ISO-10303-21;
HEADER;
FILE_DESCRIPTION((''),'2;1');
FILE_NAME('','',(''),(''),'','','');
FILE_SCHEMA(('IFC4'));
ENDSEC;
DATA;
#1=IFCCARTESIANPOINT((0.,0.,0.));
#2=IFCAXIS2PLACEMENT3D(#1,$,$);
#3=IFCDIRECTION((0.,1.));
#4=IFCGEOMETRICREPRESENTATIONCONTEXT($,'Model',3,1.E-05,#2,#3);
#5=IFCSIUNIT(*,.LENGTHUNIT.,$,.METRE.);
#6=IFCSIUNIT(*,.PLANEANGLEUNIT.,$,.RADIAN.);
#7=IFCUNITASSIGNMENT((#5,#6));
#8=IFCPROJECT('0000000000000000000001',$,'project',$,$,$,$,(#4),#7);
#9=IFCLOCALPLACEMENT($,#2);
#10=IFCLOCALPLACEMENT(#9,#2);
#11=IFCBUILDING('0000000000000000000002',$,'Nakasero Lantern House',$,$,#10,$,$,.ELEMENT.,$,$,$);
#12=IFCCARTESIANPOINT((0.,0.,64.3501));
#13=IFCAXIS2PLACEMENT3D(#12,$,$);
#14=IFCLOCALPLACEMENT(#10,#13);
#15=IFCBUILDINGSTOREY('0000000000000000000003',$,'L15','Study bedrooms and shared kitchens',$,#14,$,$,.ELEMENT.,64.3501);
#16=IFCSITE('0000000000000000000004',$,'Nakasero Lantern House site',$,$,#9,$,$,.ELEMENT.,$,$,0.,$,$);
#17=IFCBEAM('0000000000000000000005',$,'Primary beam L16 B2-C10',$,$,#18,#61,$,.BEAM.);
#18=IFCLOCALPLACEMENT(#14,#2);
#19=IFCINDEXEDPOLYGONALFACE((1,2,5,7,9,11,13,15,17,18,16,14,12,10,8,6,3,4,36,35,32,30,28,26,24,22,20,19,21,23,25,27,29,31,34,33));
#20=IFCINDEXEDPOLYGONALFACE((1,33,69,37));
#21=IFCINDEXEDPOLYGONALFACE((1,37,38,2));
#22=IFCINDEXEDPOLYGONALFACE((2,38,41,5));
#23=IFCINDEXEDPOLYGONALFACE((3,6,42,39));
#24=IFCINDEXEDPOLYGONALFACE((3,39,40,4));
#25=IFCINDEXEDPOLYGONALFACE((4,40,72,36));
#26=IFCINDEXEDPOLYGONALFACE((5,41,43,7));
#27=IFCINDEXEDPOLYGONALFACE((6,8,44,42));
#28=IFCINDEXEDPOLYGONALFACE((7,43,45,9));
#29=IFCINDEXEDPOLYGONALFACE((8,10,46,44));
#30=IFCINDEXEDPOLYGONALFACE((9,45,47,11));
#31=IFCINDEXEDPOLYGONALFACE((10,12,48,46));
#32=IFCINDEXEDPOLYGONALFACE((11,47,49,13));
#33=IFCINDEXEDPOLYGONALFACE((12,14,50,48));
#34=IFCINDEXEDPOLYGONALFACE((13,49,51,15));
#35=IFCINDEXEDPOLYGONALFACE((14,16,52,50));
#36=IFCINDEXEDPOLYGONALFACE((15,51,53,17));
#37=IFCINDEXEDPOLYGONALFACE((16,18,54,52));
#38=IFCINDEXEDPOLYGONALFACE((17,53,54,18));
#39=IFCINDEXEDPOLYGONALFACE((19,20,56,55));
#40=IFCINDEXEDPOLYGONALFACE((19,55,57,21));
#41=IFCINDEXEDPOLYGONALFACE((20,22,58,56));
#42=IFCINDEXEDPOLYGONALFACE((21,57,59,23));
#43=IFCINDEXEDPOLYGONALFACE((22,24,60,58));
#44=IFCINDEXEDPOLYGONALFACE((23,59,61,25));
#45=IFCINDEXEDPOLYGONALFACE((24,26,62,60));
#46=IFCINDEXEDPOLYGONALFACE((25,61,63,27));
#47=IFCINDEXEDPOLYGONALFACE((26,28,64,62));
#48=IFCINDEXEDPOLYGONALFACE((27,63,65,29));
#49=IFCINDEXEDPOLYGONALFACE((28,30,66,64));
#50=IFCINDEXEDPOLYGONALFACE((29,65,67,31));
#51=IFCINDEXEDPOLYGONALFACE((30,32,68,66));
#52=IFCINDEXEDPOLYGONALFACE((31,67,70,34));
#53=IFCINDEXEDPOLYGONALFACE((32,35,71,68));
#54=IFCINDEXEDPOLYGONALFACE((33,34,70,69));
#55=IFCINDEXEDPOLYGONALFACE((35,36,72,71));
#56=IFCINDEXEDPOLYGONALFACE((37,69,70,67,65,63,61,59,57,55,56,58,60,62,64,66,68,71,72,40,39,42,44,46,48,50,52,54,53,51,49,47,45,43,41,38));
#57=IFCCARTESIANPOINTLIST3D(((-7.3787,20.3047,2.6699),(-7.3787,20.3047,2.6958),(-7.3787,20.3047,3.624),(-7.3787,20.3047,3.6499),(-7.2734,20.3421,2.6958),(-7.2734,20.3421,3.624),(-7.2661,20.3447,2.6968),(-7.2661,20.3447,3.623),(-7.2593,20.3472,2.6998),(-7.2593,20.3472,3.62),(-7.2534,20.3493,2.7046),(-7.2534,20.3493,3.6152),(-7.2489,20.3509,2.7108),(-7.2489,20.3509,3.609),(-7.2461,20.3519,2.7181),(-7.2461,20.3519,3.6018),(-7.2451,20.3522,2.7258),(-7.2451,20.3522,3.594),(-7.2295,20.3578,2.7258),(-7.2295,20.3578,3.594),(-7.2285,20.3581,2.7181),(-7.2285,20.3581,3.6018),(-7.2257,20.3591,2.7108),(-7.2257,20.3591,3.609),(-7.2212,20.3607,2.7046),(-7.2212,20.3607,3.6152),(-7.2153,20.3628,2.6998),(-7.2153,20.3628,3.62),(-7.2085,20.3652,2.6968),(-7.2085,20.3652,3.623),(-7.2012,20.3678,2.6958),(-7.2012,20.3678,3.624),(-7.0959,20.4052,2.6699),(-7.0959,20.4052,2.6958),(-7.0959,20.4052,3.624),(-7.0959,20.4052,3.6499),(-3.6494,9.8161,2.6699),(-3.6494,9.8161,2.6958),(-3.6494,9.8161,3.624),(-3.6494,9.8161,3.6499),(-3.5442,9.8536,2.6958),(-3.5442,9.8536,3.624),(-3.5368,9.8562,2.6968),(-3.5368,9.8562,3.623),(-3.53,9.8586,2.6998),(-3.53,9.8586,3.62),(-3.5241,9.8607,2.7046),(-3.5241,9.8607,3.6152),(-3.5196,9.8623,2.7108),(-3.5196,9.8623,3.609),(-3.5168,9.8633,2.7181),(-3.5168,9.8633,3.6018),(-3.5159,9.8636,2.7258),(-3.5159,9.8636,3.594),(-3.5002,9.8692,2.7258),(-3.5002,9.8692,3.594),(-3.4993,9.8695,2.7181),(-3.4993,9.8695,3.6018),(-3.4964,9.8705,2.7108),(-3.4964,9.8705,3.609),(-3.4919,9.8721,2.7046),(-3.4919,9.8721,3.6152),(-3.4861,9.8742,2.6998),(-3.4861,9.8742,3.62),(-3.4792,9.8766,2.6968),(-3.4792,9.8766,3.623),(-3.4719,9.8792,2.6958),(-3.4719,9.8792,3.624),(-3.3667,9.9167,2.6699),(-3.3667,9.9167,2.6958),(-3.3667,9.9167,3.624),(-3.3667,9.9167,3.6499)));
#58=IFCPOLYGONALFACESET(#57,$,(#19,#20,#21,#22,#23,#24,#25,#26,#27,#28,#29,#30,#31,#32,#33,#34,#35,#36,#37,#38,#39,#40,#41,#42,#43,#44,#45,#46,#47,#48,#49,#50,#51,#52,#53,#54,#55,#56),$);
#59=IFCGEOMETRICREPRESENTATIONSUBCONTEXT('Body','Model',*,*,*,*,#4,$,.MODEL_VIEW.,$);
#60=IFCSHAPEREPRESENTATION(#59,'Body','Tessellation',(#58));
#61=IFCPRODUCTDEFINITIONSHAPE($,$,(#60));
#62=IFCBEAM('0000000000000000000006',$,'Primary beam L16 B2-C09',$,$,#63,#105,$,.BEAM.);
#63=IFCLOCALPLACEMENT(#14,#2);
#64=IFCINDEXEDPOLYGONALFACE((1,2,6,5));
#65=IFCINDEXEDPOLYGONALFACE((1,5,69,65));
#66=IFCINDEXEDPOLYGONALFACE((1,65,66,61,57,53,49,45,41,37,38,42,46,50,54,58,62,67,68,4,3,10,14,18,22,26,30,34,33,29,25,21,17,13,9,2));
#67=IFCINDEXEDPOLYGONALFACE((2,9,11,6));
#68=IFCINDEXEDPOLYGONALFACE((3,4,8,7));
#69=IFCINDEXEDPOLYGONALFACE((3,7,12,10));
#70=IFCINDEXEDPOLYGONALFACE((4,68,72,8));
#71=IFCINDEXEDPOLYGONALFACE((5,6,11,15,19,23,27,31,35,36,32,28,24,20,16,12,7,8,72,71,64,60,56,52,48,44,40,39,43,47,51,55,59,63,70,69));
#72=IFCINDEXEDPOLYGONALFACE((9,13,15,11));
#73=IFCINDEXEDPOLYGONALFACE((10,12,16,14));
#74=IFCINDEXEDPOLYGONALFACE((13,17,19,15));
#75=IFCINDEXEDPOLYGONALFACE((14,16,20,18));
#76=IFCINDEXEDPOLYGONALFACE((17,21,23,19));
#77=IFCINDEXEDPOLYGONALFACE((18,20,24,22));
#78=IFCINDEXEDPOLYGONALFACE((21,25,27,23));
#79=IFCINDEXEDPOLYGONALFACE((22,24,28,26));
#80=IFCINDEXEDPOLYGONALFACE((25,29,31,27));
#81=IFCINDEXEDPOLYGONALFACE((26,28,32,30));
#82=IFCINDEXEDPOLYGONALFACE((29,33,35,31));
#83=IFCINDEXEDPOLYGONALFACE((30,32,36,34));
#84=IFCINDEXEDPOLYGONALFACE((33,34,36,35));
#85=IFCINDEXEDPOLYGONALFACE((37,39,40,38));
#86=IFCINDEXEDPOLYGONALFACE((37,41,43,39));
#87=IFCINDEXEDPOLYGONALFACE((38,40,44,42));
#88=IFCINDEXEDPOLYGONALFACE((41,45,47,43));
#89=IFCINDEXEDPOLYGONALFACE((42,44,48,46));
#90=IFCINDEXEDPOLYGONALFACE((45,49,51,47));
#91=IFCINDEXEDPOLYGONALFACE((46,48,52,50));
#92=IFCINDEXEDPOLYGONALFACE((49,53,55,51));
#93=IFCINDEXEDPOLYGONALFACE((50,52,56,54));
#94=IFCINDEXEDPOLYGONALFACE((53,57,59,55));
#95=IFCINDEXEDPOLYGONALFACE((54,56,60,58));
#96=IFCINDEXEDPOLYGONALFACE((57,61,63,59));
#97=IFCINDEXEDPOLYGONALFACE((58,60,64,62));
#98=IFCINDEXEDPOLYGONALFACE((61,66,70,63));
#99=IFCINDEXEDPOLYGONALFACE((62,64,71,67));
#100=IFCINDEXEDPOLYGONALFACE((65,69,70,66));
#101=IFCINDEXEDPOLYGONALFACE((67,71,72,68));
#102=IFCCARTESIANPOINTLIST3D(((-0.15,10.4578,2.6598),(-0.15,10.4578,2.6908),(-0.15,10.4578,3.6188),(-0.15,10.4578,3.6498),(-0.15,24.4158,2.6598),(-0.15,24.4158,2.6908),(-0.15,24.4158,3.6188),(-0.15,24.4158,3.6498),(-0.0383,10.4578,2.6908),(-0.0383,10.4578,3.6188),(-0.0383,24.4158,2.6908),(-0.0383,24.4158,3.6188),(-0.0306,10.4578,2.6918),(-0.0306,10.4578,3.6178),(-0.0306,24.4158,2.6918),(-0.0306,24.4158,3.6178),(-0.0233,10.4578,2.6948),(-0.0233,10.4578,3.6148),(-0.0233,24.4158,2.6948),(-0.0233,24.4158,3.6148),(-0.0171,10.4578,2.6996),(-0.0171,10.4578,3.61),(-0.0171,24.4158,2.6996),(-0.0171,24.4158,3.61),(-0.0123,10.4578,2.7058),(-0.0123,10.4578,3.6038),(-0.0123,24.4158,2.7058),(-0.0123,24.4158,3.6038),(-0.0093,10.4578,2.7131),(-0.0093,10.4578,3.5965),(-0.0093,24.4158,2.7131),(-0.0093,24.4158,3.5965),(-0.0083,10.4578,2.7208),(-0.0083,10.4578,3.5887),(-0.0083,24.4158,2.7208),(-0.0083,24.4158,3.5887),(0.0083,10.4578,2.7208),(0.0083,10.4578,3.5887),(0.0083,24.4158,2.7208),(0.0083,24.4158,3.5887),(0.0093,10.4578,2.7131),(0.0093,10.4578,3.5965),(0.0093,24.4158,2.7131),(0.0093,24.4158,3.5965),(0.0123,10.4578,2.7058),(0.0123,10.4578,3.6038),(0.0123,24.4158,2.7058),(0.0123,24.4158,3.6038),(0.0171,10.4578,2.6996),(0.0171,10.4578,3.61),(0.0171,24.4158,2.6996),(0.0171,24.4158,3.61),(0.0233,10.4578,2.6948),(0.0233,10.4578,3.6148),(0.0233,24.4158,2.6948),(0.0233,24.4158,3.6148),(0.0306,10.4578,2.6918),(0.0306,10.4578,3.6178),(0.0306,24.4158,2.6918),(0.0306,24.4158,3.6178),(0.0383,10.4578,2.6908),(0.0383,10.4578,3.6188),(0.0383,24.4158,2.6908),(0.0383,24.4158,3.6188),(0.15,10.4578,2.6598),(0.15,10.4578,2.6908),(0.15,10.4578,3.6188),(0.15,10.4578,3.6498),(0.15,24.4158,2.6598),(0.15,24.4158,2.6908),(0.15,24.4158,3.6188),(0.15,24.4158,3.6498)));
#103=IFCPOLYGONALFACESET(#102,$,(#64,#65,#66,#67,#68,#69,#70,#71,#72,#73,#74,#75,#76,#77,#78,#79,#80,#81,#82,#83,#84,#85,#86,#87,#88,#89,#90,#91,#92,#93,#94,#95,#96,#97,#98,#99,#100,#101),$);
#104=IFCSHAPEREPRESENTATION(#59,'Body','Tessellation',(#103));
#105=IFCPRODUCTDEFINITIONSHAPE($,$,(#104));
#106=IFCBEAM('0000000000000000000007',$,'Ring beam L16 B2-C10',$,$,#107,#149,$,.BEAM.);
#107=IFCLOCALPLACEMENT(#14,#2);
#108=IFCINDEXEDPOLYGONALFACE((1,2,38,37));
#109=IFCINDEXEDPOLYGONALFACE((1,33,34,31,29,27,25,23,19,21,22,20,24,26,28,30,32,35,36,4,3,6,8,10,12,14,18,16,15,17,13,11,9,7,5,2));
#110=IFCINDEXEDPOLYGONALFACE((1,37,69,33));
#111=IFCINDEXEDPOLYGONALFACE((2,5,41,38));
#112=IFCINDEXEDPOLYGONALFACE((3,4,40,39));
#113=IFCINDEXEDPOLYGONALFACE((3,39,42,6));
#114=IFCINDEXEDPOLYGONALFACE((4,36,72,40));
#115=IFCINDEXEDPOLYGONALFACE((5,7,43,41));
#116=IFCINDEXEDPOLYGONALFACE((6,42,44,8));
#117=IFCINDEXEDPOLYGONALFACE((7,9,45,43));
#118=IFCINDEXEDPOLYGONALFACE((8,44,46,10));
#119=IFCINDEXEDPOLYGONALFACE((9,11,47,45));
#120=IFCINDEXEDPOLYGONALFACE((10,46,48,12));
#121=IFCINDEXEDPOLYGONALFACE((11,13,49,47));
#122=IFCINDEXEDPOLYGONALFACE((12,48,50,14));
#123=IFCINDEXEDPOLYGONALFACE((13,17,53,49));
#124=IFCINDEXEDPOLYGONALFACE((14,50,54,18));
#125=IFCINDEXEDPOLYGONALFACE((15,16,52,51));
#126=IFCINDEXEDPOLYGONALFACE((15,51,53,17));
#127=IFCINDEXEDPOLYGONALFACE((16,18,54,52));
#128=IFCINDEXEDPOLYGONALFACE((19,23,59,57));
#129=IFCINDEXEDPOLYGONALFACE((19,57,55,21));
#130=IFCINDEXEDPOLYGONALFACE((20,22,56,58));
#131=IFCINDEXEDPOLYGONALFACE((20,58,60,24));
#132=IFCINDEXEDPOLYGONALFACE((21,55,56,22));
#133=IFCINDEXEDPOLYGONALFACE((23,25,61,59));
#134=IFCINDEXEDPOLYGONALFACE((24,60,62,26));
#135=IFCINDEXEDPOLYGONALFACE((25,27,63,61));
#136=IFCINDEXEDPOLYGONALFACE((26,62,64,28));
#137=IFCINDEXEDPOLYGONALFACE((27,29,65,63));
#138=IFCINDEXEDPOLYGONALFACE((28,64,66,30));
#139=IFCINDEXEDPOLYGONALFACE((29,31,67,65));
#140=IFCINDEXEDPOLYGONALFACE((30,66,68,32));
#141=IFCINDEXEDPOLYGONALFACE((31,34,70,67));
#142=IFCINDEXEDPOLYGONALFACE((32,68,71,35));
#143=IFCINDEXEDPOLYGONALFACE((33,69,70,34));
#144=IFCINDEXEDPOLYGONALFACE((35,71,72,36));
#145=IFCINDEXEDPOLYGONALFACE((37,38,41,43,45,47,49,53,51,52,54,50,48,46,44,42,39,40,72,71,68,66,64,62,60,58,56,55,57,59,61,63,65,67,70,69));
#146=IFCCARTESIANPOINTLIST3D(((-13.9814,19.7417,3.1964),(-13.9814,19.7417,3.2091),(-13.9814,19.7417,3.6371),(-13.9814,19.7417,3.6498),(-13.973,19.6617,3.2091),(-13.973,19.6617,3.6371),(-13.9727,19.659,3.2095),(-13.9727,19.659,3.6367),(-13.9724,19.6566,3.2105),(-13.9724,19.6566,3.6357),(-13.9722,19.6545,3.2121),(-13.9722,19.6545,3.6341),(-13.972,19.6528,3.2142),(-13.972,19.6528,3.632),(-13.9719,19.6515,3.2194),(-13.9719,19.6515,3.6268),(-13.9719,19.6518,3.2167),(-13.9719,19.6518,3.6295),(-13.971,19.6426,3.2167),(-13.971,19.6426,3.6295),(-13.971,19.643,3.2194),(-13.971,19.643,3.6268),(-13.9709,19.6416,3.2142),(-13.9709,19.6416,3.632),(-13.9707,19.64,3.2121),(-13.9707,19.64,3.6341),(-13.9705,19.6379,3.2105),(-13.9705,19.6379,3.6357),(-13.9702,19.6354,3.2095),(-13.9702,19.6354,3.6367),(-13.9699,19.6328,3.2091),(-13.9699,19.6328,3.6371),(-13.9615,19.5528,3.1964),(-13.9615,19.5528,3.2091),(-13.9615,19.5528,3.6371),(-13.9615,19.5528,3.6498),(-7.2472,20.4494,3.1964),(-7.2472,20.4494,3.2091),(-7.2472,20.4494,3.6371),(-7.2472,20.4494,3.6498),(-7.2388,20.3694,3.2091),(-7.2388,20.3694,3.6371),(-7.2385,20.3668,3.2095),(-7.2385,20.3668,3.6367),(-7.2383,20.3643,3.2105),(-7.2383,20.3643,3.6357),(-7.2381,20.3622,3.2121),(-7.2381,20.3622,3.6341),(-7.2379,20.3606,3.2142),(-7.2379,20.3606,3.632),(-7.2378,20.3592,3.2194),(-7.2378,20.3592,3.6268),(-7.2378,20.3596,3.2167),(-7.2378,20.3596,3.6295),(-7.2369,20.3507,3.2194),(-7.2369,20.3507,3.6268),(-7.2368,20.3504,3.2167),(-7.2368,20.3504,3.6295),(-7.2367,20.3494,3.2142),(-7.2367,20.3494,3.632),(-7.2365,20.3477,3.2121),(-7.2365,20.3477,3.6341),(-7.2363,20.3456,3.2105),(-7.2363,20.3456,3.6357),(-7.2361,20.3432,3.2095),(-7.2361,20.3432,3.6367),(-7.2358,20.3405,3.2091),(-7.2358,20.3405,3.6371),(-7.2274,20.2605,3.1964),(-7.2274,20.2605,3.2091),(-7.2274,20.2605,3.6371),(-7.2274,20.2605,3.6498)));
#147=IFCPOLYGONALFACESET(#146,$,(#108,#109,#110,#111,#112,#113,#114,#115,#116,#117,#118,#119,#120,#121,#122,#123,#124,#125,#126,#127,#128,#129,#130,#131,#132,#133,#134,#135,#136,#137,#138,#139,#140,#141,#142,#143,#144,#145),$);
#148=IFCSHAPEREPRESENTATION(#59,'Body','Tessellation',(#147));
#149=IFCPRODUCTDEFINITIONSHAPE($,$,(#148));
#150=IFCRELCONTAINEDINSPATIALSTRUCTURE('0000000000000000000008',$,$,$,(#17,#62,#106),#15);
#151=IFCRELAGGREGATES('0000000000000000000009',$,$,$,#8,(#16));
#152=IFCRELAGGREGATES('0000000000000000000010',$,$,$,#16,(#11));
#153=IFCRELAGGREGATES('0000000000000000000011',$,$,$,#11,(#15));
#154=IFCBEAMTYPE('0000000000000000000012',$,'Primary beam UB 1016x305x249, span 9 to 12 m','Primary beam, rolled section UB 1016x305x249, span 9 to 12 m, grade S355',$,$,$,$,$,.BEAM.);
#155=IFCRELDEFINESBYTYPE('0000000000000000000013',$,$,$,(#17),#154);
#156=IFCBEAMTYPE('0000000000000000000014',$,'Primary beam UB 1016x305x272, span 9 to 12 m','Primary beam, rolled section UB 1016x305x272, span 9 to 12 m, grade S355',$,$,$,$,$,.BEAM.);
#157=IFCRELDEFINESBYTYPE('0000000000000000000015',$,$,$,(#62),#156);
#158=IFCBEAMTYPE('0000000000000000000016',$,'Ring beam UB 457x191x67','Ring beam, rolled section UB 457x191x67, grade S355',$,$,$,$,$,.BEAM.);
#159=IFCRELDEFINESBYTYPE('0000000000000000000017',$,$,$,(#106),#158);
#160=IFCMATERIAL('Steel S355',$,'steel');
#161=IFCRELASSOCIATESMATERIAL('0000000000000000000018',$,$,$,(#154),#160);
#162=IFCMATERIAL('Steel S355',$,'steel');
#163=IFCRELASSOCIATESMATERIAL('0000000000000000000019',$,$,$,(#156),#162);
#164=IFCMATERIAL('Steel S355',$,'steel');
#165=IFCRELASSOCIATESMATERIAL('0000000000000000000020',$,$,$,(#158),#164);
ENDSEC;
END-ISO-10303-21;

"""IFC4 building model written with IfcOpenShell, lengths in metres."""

from ifc_helpers import new_model, si_unit, direction, frame, origin, origin_2d, place, context, subcontext, project, spatial, i_section, extrude, material, material_profile, profile_set, type_object, element, save


model = new_model("IFC4")

# Units and contexts
model_context = context("Model", 3, precision=1e-05, world=origin(), true_north=direction((0.0, 1.0)))
body_context = subcontext(model_context, "Body", "Model", "MODEL_VIEW")
ifc_project = project(units=[si_unit("LENGTHUNIT", "METRE"), si_unit("PLANEANGLEUNIT", "RADIAN")], contexts=[model_context])

# Site, building, storey
site_placement = place(None, origin())
site = spatial("IfcSite", under=ifc_project, at=site_placement, Name="Nakasero Lantern House site", CompositionType="ELEMENT", RefElevation=0.0)
building_placement = place(site_placement, origin())
building = spatial("IfcBuilding", under=site, at=building_placement, Name="Nakasero Lantern House", CompositionType="ELEMENT")
storey_placement = place(building_placement, frame((0.0, 0.0, 64.3501)))
storey = spatial("IfcBuildingStorey", under=building, at=storey_placement, Name="L15", Description="Study bedrooms and shared kitchens", CompositionType="ELEMENT", Elevation=64.3501)

# Beams
ifc_material_1 = material(Name="Steel S355", Category="steel")
ifc_material_profile_1 = material_profile(ifc_material_1, i_section(OverallWidth=0.3, OverallDepth=0.98, WebThickness=0.0166, FlangeThickness=0.0259, FilletRadius=0.03, at=origin_2d()), Name="UB 1016x305x249")
ifc_profile_set_1 = profile_set([ifc_material_profile_1], Name="Steel S355")
beam_type_1 = type_object("IfcBeamType", Name="Primary beam UB 1016x305x249, span 9 to 12 m", Description="Primary beam, rolled section UB 1016x305x249, span 9 to 12 m, grade S355", PredefinedType="BEAM", material=ifc_profile_set_1)
beam_1_placement = place(storey_placement, frame((-7.2373, 20.355, 3.1599), z_axis=(0.335009, -0.942215, 0.0), x_axis=(0.942215, 0.335009, 0.0)))
element("IfcBeam", 1, at=beam_1_placement, inside=storey, type_object=beam_type_1, Name="Primary beam L16 B2-C10", PredefinedType="BEAM", context=body_context, shape_type="SweptSolid", body=[
    extrude(i_section(OverallWidth=0.3, OverallDepth=0.98, WebThickness=0.0166, FlangeThickness=0.0259, FilletRadius=0.03, at=origin_2d()), origin(), (0.0, 0.0, 1.0), 11.1318),
])
ifc_material_2 = material(Name="Steel S355", Category="steel")
ifc_material_profile_2 = material_profile(ifc_material_2, i_section(OverallWidth=0.3, OverallDepth=0.99, WebThickness=0.0166, FlangeThickness=0.031, FilletRadius=0.03, at=origin_2d()), Name="UB 1016x305x272")
ifc_profile_set_2 = profile_set([ifc_material_profile_2], Name="Steel S355")
beam_type_2 = type_object("IfcBeamType", Name="Primary beam UB 1016x305x272, span 9 to 12 m", Description="Primary beam, rolled section UB 1016x305x272, span 9 to 12 m, grade S355", PredefinedType="BEAM", material=ifc_profile_set_2)
beam_2_placement = place(storey_placement, frame((0.0, 24.4158, 3.1548), z_axis=(0.0, -1.0, 0.0), x_axis=(1.0, 0.0, 0.0)))
element("IfcBeam", 2, at=beam_2_placement, inside=storey, type_object=beam_type_2, Name="Primary beam L16 B2-C09", PredefinedType="BEAM", context=body_context, shape_type="SweptSolid", body=[
    extrude(i_section(OverallWidth=0.3, OverallDepth=0.99, WebThickness=0.0166, FlangeThickness=0.031, FilletRadius=0.03, at=origin_2d()), origin(), (0.0, 0.0, 1.0), 13.958),
])
ifc_material_3 = material(Name="Steel S355", Category="steel")
ifc_material_profile_3 = material_profile(ifc_material_3, i_section(OverallWidth=0.1899, OverallDepth=0.4534, WebThickness=0.0085, FlangeThickness=0.0127, FilletRadius=0.0103, at=origin_2d()), Name="UB 457x191x67")
ifc_profile_set_3 = profile_set([ifc_material_profile_3], Name="Steel S355")
beam_type_3 = type_object("IfcBeamType", Name="Ring beam UB 457x191x67", Description="Ring beam, rolled section UB 457x191x67, grade S355", PredefinedType="BEAM", material=ifc_profile_set_3)
beam_3_placement = place(storey_placement, frame((-7.2373, 20.355, 3.4231), z_axis=(-0.994522, -0.104525, 0.0), x_axis=(0.104525, -0.994522, 0.0)))
element("IfcBeam", 3, at=beam_3_placement, inside=storey, type_object=beam_type_3, Name="Ring beam L16 B2-C10", PredefinedType="BEAM", context=body_context, shape_type="SweptSolid", body=[
    extrude(i_section(OverallWidth=0.1899, OverallDepth=0.4534, WebThickness=0.0085, FlangeThickness=0.0127, FilletRadius=0.0103, at=origin_2d()), origin(), (0.0, 0.0, 1.0), 6.7712),
])

save(model, "model.ifc")
